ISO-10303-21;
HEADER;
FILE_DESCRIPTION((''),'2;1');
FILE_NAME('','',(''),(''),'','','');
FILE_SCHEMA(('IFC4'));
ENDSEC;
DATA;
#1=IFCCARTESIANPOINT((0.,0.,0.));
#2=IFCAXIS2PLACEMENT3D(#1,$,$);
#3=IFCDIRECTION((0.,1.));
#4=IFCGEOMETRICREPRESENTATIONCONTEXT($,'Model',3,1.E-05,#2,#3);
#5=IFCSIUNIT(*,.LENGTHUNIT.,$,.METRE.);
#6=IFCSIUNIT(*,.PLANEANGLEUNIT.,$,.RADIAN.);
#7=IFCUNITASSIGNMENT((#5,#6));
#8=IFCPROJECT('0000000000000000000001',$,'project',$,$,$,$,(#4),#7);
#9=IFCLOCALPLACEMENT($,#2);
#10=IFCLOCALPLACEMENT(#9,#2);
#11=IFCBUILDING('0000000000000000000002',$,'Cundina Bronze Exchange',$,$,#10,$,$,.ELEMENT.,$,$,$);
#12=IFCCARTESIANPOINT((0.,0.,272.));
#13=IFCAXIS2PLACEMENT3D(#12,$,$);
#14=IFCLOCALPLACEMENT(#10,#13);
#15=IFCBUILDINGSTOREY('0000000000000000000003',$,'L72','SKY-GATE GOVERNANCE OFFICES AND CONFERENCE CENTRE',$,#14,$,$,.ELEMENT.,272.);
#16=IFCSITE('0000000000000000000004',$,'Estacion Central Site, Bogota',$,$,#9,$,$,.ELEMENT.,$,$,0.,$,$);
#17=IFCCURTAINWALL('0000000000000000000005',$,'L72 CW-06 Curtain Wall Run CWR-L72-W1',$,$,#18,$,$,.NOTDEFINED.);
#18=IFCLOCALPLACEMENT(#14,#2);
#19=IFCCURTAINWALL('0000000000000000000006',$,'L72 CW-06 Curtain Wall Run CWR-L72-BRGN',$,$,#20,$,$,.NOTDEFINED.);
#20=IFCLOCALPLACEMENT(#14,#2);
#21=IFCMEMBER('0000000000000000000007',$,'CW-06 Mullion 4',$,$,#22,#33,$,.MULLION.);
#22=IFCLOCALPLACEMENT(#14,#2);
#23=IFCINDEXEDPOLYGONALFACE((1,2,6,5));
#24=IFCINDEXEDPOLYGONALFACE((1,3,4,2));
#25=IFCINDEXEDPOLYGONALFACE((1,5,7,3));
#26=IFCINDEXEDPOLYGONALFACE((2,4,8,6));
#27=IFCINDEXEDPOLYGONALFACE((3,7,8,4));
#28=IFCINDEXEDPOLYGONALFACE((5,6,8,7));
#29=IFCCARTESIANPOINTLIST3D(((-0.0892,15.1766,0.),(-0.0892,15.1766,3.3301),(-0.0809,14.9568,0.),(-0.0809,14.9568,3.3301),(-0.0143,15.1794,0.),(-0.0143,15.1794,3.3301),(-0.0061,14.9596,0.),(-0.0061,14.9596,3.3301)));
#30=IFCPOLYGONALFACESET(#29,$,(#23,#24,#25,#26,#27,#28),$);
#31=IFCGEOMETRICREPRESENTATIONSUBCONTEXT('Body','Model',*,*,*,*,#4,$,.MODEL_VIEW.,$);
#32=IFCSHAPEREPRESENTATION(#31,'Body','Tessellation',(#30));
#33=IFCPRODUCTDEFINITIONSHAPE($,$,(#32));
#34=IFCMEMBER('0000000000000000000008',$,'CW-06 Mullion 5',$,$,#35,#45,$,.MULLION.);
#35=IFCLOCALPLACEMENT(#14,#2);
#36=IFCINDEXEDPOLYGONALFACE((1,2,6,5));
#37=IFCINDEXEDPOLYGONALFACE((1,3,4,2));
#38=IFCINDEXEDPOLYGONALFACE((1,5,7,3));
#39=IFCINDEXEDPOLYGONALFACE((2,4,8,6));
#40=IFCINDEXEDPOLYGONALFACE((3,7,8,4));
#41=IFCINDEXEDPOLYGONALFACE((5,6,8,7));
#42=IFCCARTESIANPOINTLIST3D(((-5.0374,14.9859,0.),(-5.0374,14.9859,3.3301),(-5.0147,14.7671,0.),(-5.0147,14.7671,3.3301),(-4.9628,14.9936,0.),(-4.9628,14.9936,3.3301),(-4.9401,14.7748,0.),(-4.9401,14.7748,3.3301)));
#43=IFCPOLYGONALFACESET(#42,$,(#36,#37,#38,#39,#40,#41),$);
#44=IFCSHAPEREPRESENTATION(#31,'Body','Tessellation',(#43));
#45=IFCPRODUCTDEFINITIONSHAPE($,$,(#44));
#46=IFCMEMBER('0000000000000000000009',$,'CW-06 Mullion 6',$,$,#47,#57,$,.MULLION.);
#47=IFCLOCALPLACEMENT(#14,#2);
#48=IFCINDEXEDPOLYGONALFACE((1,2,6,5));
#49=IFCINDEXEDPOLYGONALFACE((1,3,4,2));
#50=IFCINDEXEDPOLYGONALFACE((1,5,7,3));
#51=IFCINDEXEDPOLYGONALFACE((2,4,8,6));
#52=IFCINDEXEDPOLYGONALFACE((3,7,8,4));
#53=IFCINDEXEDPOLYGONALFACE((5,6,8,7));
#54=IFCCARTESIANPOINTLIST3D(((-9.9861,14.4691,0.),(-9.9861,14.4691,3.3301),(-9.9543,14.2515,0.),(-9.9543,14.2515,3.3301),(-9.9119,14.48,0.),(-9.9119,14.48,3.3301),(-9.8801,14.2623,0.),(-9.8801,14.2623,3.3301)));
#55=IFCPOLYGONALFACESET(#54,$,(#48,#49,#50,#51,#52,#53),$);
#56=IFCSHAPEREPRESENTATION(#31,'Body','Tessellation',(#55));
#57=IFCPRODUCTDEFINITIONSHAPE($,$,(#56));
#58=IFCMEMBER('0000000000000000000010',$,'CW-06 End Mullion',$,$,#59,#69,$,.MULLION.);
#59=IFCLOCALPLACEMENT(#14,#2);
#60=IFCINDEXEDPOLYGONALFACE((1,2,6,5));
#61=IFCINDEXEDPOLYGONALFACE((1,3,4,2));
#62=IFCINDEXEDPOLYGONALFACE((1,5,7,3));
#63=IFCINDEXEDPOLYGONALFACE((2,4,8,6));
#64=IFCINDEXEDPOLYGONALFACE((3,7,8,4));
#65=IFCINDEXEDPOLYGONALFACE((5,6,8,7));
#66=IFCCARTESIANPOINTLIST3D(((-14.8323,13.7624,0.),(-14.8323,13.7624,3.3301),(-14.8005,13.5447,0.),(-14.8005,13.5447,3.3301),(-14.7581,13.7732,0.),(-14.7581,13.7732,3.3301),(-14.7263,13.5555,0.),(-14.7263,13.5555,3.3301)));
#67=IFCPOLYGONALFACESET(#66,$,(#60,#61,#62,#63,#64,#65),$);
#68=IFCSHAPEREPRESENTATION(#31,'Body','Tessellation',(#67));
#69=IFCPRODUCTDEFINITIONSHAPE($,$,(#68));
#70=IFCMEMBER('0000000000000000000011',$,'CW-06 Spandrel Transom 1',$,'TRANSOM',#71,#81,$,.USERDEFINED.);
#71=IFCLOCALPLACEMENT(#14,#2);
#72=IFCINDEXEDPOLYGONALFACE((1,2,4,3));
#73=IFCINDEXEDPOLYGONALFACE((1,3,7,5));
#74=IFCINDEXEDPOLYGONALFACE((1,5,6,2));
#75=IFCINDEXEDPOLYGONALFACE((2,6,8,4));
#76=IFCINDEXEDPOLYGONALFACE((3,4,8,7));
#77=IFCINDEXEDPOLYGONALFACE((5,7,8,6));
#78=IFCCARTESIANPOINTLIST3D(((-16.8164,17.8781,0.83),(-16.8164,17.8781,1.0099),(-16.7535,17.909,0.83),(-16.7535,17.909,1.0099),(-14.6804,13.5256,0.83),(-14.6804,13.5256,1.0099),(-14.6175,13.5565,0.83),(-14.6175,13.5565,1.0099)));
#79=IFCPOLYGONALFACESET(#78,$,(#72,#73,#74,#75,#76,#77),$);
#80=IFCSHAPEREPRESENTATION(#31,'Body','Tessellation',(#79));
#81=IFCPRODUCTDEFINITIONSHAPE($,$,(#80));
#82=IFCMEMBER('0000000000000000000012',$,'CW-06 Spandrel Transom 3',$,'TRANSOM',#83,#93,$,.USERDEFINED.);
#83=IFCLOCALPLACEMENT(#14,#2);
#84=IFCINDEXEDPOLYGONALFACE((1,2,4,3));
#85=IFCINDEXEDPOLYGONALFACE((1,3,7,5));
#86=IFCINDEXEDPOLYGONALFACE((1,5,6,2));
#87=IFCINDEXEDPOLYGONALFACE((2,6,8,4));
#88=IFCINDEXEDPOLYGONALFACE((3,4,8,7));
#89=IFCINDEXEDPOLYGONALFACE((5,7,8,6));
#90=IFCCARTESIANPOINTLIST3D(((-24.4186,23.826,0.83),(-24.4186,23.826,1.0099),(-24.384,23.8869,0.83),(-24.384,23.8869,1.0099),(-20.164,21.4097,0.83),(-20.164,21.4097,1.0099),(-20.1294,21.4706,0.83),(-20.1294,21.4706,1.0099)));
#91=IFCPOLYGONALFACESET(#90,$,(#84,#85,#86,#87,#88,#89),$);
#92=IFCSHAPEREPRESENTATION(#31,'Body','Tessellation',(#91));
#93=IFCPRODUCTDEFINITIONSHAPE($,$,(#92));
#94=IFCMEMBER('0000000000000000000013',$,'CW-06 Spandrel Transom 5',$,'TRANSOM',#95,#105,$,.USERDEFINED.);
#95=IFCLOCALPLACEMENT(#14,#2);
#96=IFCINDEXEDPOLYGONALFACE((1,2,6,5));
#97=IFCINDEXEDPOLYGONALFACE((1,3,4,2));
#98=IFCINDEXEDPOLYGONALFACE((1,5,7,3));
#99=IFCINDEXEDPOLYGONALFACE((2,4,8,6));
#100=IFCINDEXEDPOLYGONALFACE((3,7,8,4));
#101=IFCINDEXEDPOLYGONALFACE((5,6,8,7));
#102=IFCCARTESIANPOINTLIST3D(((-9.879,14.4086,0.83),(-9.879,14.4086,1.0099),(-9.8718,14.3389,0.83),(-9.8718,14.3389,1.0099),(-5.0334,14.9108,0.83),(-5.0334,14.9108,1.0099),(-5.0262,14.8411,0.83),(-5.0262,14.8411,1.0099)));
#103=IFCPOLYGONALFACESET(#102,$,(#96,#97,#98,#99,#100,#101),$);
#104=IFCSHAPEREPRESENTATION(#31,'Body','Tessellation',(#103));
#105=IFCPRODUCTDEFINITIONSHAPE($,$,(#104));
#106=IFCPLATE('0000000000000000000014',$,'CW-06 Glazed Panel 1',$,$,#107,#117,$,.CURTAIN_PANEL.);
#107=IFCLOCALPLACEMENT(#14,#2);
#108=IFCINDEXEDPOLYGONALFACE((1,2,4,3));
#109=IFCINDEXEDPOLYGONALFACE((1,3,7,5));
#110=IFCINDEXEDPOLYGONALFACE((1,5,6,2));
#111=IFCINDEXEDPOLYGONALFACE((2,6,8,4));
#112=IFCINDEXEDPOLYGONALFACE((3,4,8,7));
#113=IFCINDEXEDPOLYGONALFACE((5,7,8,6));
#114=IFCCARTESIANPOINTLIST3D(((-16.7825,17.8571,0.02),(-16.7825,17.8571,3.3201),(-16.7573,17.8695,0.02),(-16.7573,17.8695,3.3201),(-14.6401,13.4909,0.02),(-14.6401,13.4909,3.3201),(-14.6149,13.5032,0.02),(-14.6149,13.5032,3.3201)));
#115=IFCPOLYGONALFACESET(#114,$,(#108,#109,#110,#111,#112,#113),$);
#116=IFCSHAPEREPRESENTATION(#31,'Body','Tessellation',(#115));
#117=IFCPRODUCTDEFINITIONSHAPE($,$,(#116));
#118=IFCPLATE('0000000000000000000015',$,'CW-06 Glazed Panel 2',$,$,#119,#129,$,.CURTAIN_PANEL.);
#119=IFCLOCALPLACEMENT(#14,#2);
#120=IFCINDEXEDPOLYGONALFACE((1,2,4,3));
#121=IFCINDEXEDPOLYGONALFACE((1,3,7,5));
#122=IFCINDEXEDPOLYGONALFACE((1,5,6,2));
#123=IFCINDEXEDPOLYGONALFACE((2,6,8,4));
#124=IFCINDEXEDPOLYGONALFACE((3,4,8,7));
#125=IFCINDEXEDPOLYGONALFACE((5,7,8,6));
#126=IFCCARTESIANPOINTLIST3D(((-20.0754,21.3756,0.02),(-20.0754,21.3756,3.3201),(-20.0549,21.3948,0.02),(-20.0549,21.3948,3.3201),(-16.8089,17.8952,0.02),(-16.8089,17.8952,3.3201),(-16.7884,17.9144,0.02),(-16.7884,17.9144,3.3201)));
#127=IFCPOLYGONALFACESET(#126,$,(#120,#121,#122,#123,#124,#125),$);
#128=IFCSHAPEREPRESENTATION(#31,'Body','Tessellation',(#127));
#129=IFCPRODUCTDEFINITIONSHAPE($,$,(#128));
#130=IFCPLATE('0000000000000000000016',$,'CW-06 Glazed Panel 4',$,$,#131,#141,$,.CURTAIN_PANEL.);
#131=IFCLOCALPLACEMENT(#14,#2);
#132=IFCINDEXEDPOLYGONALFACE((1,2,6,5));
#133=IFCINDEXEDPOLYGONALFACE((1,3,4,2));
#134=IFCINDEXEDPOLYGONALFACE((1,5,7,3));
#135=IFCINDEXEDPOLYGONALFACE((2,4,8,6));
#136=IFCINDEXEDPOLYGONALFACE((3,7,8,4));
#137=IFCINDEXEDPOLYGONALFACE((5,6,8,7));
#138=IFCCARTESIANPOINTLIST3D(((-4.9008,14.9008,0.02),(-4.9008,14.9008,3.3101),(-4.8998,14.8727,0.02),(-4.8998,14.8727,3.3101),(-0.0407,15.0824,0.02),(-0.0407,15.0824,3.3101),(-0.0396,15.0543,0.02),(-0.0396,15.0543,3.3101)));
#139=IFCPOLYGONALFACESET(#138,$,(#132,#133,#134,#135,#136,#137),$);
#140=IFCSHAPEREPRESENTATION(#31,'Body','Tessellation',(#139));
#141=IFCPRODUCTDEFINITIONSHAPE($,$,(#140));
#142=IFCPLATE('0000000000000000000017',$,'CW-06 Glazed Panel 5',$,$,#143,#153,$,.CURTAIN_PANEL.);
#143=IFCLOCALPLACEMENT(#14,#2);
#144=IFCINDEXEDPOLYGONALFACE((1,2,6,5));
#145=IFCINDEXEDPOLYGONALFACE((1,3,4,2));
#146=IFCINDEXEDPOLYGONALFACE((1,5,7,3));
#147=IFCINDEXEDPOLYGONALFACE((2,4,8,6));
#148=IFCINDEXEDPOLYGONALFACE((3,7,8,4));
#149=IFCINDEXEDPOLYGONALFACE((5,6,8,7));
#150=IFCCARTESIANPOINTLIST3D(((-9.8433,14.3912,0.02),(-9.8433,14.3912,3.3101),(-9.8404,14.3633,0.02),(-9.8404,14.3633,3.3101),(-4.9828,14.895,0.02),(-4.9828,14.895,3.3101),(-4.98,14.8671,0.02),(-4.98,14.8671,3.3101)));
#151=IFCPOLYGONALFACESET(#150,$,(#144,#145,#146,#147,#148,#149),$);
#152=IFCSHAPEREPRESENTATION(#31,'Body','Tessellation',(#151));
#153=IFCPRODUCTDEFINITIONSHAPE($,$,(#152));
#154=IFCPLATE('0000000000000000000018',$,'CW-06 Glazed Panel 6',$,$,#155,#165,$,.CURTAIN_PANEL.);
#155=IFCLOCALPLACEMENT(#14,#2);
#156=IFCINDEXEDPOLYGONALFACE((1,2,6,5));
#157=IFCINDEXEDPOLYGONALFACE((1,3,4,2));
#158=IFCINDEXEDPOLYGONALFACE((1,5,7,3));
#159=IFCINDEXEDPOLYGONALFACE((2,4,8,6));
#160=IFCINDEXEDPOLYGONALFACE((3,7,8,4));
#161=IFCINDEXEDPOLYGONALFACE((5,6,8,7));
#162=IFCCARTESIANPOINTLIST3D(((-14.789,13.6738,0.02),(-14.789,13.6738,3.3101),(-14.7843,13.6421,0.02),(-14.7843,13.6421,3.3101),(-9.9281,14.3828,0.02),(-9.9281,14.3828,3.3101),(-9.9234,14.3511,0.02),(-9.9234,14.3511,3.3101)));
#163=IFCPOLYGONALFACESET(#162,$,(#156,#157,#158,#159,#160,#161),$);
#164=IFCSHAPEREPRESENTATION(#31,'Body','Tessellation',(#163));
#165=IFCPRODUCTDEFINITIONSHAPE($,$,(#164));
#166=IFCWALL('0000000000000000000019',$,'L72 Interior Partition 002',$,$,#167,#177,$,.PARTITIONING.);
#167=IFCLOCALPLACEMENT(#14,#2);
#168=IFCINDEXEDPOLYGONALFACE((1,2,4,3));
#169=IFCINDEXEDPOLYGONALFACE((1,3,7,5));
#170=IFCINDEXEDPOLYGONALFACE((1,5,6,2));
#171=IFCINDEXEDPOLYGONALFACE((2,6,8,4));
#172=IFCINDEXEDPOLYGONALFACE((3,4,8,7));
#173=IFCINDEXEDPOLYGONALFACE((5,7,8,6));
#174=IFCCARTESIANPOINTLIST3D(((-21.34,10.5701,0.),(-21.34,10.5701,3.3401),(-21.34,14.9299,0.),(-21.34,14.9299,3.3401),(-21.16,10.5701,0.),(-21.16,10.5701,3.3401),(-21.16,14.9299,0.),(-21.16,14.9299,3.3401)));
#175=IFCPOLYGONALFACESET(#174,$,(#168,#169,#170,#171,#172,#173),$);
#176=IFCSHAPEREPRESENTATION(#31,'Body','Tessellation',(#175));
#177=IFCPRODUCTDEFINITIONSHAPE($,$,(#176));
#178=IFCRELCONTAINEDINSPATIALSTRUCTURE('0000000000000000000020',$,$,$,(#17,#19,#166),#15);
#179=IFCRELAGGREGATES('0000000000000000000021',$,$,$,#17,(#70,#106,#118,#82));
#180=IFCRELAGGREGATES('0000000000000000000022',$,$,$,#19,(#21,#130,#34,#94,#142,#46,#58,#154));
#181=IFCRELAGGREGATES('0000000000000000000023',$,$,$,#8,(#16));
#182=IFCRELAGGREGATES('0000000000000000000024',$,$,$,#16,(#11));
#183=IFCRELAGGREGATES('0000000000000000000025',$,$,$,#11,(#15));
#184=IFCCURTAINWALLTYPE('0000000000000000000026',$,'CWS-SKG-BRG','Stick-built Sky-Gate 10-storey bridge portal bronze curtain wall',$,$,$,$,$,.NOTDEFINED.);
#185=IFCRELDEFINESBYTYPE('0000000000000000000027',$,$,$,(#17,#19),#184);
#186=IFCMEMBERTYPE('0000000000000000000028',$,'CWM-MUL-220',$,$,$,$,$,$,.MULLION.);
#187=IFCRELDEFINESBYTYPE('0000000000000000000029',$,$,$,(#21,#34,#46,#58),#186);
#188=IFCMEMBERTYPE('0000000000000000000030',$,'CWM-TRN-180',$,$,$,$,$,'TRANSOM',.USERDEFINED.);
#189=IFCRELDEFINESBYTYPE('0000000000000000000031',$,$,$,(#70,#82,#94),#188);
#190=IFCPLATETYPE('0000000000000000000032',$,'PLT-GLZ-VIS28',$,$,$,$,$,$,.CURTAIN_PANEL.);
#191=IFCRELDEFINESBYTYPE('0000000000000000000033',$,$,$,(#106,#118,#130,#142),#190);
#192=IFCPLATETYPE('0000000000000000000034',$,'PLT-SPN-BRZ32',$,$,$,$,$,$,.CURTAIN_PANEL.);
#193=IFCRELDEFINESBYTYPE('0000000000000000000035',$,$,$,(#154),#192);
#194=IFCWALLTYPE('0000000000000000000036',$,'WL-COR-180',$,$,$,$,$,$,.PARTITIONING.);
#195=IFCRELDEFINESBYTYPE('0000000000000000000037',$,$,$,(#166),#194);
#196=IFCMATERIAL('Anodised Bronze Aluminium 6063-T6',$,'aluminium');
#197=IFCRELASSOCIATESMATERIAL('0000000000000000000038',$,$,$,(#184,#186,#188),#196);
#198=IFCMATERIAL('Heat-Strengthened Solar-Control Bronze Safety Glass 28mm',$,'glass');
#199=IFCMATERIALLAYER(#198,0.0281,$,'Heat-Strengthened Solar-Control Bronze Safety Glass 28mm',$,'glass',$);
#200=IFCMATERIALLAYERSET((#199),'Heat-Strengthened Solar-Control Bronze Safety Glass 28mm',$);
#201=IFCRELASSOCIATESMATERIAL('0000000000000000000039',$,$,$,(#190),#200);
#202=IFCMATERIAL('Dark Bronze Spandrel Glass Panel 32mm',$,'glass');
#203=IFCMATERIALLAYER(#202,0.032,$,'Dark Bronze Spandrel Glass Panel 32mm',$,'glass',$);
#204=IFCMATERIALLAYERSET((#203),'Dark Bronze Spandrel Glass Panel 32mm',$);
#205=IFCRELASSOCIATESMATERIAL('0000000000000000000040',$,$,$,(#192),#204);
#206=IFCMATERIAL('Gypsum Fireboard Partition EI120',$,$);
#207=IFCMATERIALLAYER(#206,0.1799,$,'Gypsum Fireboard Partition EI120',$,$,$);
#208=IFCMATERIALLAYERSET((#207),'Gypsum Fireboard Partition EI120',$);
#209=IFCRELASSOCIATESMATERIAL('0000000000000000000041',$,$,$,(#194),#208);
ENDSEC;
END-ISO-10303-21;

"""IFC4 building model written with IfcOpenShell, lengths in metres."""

from ifc_helpers import new_model, si_unit, direction, frame, frame_2d, origin, origin_2d, place, context, subcontext, project, spatial, rectangle, extrude, material, layer, layer_set, material_profile, profile_set, type_object, element, aggregate, save


model = new_model("IFC4")

# Units and contexts
model_context = context("Model", 3, precision=1e-05, world=origin(), true_north=direction((0.0, 1.0)))
body_context = subcontext(model_context, "Body", "Model", "MODEL_VIEW")
ifc_project = project(units=[si_unit("LENGTHUNIT", "METRE"), si_unit("PLANEANGLEUNIT", "RADIAN")], contexts=[model_context])

# Site, building, storey
site_placement = place(None, origin())
site = spatial("IfcSite", under=ifc_project, at=site_placement, Name="Estacion Central Site, Bogota", CompositionType="ELEMENT", RefElevation=0.0)
building_placement = place(site_placement, origin())
building = spatial("IfcBuilding", under=site, at=building_placement, Name="Cundina Bronze Exchange", CompositionType="ELEMENT")
storey_placement = place(building_placement, frame((0.0, 0.0, 272.0)))
storey = spatial("IfcBuildingStorey", under=building, at=storey_placement, Name="L72", Description="SKY-GATE GOVERNANCE OFFICES AND CONFERENCE CENTRE", CompositionType="ELEMENT", Elevation=272.0)

# Curtain walls, members
ifc_material_1 = material(Name="Anodised Bronze Aluminium 6063-T6", Category="aluminium")
curtain_wall_type = type_object("IfcCurtainWallType", Name="CWS-SKG-BRG", Description="Stick-built Sky-Gate 10-storey bridge portal bronze curtain wall", PredefinedType="NOTDEFINED", material=ifc_material_1)
curtain_wall_1_placement = place(storey_placement, origin())
curtain_wall_1 = element("IfcCurtainWall", 1, at=curtain_wall_1_placement, inside=storey, type_object=curtain_wall_type, Name="L72 CW-06 Curtain Wall Run CWR-L72-W1", PredefinedType="NOTDEFINED")
ifc_material_profile_1 = material_profile(ifc_material_1, rectangle(XDim=0.075, YDim=0.22, at=origin_2d()), Name="AL75X220", Category="aluminium")
ifc_profile_set_1 = profile_set([ifc_material_profile_1], Name="Anodised Bronze Aluminium 6063-T6")
member_type_1 = type_object("IfcMemberType", Name="CWM-MUL-220", PredefinedType="MULLION", material=ifc_profile_set_1)
curtain_wall_2_placement = place(storey_placement, origin())
curtain_wall_2 = element("IfcCurtainWall", 2, at=curtain_wall_2_placement, inside=storey, type_object=curtain_wall_type, Name="L72 CW-06 Curtain Wall Run CWR-L72-BRGN", PredefinedType="NOTDEFINED")
member_1_placement = place(storey_placement, frame((-0.0476, 15.0681, 0.0), z_axis=(0.0, 0.0, 1.0), x_axis=(-0.999303, -0.037341, 0.0)))
member_1 = element("IfcMember", 3, at=member_1_placement, type_object=member_type_1, Name="CW-06 Mullion 4", PredefinedType="MULLION", context=body_context, shape_type="SweptSolid", body=[
    extrude(rectangle(XDim=0.075, YDim=0.22, at=origin_2d()), origin(), (0.0, 0.0, 1.0), 3.3301),
])
member_2_placement = place(storey_placement, frame((-4.9888, 14.8804, 0.0), z_axis=(0.0, 0.0, 1.0), x_axis=(-0.994667, -0.10314, 0.0)))
member_2 = element("IfcMember", 4, at=member_2_placement, type_object=member_type_1, Name="CW-06 Mullion 5", PredefinedType="MULLION", context=body_context, shape_type="SweptSolid", body=[
    extrude(rectangle(XDim=0.075, YDim=0.22, at=origin_2d()), origin(), (0.0, 0.0, 1.0), 3.3301),
])
member_3_placement = place(storey_placement, frame((-9.9331, 14.3657, 0.0), z_axis=(0.0, 0.0, 1.0), x_axis=(-0.989526, -0.144356, 0.0)))
member_3 = element("IfcMember", 5, at=member_3_placement, type_object=member_type_1, Name="CW-06 Mullion 6", PredefinedType="MULLION", context=body_context, shape_type="SweptSolid", body=[
    extrude(rectangle(XDim=0.075, YDim=0.22, at=origin_2d()), origin(), (0.0, 0.0, 1.0), 3.3301),
])
member_4_placement = place(storey_placement, frame((-14.7793, 13.6589, 0.0), z_axis=(0.0, 0.0, 1.0), x_axis=(-0.989526, -0.144356, 0.0)))
member_4 = element("IfcMember", 6, at=member_4_placement, type_object=member_type_1, Name="CW-06 End Mullion", PredefinedType="MULLION", context=body_context, shape_type="SweptSolid", body=[
    extrude(rectangle(XDim=0.075, YDim=0.22, at=origin_2d()), origin(), (0.0, 0.0, 1.0), 3.3301),
])

# Members
ifc_material_profile_2 = material_profile(ifc_material_1, rectangle(XDim=0.0701, YDim=0.1799, at=origin_2d()), Name="AL70X180", Category="aluminium")
ifc_profile_set_2 = profile_set([ifc_material_profile_2], Name="Anodised Bronze Aluminium 6063-T6")
member_type_2 = type_object("IfcMemberType", Name="CWM-TRN-180", ElementType="TRANSOM", PredefinedType="USERDEFINED", material=ifc_profile_set_2)
member_5_placement = place(storey_placement, frame((-14.6489, 13.541, 0.9199), z_axis=(-0.440554, 0.897726, 0.0), x_axis=(-0.897726, -0.440554, 0.0)))
member_5 = element("IfcMember", 7, at=member_5_placement, type_object=member_type_2, Name="CW-06 Spandrel Transom 1", ObjectType="TRANSOM", PredefinedType="USERDEFINED", context=body_context, shape_type="SweptSolid", body=[
    extrude(rectangle(XDim=0.0701, YDim=0.1799, at=origin_2d()), origin(), (0.0, 0.0, 1.0), 4.8484),
])
member_6_placement = place(storey_placement, frame((-20.1467, 21.4402, 0.9199), z_axis=(-0.869557, 0.493832, 0.0), x_axis=(-0.493832, -0.869557, 0.0)))
member_6 = element("IfcMember", 8, at=member_6_placement, type_object=member_type_2, Name="CW-06 Spandrel Transom 3", ObjectType="TRANSOM", PredefinedType="USERDEFINED", context=body_context, shape_type="SweptSolid", body=[
    extrude(rectangle(XDim=0.0701, YDim=0.1799, at=origin_2d()), origin(), (0.0, 0.0, 1.0), 4.8928),
])
member_7_placement = place(storey_placement, frame((-5.0298, 14.876, 0.9199), z_axis=(-0.994672, -0.103086, 0.0), x_axis=(0.103086, -0.994672, 0.0)))
member_7 = element("IfcMember", 9, at=member_7_placement, type_object=member_type_2, Name="CW-06 Spandrel Transom 5", ObjectType="TRANSOM", PredefinedType="USERDEFINED", context=body_context, shape_type="SweptSolid", body=[
    extrude(rectangle(XDim=0.0701, YDim=0.1799, at=origin_2d()), origin(), (0.0, 0.0, 1.0), 4.8716),
])

# Plates
ifc_material_2 = material(Name="Heat-Strengthened Solar-Control Bronze Safety Glass 28mm", Category="glass")
ifc_layer_1 = layer(ifc_material_2, 0.0281, Name="Heat-Strengthened Solar-Control Bronze Safety Glass 28mm", Category="glass")
ifc_layer_set_1 = layer_set([ifc_layer_1], Name="Heat-Strengthened Solar-Control Bronze Safety Glass 28mm")
plate_type_1 = type_object("IfcPlateType", Name="PLT-GLZ-VIS28", PredefinedType="CURTAIN_PANEL", material=ifc_layer_set_1)
plate_1_placement = place(storey_placement, frame((-15.6987, 15.6802, 0.02), z_axis=(0.0, 0.0, 1.0), x_axis=(-0.440503, 0.897751, 0.0)))
plate_1 = element("IfcPlate", 10, at=plate_1_placement, type_object=plate_type_1, Name="CW-06 Glazed Panel 1", PredefinedType="CURTAIN_PANEL", context=body_context, shape_type="SweptSolid", body=[
    extrude(rectangle(XDim=4.8635, YDim=0.0281, at=origin_2d()), origin(), (0.0, 0.0, 1.0), 3.3),
])
plate_2_placement = place(storey_placement, frame((-18.4319, 19.645, 0.02), z_axis=(0.0, 0.0, 1.0), x_axis=(-0.684344, 0.72916, 0.0)))
plate_2 = element("IfcPlate", 11, at=plate_2_placement, type_object=plate_type_1, Name="CW-06 Glazed Panel 2", PredefinedType="CURTAIN_PANEL", context=body_context, shape_type="SweptSolid", body=[
    extrude(rectangle(XDim=4.7732, YDim=0.0281, at=origin_2d()), origin(), (0.0, 0.0, 1.0), 3.3),
])
aggregate(curtain_wall_1, [member_5, plate_1, plate_2, member_6])
plate_3_placement = place(storey_placement, frame((-2.4702, 14.9775, 0.02), z_axis=(0.0, 0.0, 1.0), x_axis=(-0.999303, -0.037341, 0.0)))
plate_3 = element("IfcPlate", 12, at=plate_3_placement, type_object=plate_type_1, Name="CW-06 Glazed Panel 4", PredefinedType="CURTAIN_PANEL", context=body_context, shape_type="SweptSolid", body=[
    extrude(rectangle(XDim=4.8635, YDim=0.0281, at=origin_2d()), origin(), (0.0, 0.0, 1.0), 3.29),
])
plate_4_placement = place(storey_placement, frame((-7.4116, 14.6292, 0.02), z_axis=(0.0, 0.0, 1.0), x_axis=(-0.994672, -0.103088, 0.0)))
plate_4 = element("IfcPlate", 13, at=plate_4_placement, type_object=plate_type_1, Name="CW-06 Glazed Panel 5", PredefinedType="CURTAIN_PANEL", context=body_context, shape_type="SweptSolid", body=[
    extrude(rectangle(XDim=4.8865, YDim=0.0281, at=origin_2d()), origin(), (0.0, 0.0, 1.0), 3.29),
])
ifc_material_3 = material(Name="Dark Bronze Spandrel Glass Panel 32mm", Category="glass")
ifc_layer_2 = layer(ifc_material_3, 0.032, Name="Dark Bronze Spandrel Glass Panel 32mm", Category="glass")
ifc_layer_set_2 = layer_set([ifc_layer_2], Name="Dark Bronze Spandrel Glass Panel 32mm")
plate_type_2 = type_object("IfcPlateType", Name="PLT-SPN-BRZ32", PredefinedType="CURTAIN_PANEL", material=ifc_layer_set_2)
plate_5_placement = place(storey_placement, frame((-12.3562, 14.0125, 0.02), z_axis=(0.0, 0.0, 1.0), x_axis=(-0.989528, -0.144339, 0.0)))
plate_5 = element("IfcPlate", 14, at=plate_5_placement, type_object=plate_type_2, Name="CW-06 Glazed Panel 6", PredefinedType="CURTAIN_PANEL", context=body_context, shape_type="SweptSolid", body=[
    extrude(rectangle(XDim=4.9124, YDim=0.032, at=origin_2d()), origin(), (0.0, 0.0, 1.0), 3.29),
])
aggregate(curtain_wall_2, [member_1, plate_3, member_2, member_7, plate_4, member_3, member_4, plate_5])

# Wall
ifc_material_4 = material(Name="Gypsum Fireboard Partition EI120")
ifc_layer_3 = layer(ifc_material_4, 0.1799, Name="Gypsum Fireboard Partition EI120")
ifc_layer_set_3 = layer_set([ifc_layer_3], Name="Gypsum Fireboard Partition EI120")
wall_type = type_object("IfcWallType", Name="WL-COR-180", PredefinedType="PARTITIONING", material=ifc_layer_set_3)
wall_1_placement = place(storey_placement, frame((-21.25, 10.5701, 0.0), z_axis=(0.0, 0.0, 1.0), x_axis=(0.0, 1.0, 0.0)))
element("IfcWall", 15, at=wall_1_placement, inside=storey, type_object=wall_type, Name="L72 Interior Partition 002", PredefinedType="PARTITIONING", context=body_context, shape_type="SweptSolid", body=[
    extrude(rectangle(XDim=4.3599, YDim=0.1799, at=frame_2d((2.1799, 0.0))), origin(), (0.0, 0.0, 1.0), 3.3401),
])

save(model, "model.ifc")
